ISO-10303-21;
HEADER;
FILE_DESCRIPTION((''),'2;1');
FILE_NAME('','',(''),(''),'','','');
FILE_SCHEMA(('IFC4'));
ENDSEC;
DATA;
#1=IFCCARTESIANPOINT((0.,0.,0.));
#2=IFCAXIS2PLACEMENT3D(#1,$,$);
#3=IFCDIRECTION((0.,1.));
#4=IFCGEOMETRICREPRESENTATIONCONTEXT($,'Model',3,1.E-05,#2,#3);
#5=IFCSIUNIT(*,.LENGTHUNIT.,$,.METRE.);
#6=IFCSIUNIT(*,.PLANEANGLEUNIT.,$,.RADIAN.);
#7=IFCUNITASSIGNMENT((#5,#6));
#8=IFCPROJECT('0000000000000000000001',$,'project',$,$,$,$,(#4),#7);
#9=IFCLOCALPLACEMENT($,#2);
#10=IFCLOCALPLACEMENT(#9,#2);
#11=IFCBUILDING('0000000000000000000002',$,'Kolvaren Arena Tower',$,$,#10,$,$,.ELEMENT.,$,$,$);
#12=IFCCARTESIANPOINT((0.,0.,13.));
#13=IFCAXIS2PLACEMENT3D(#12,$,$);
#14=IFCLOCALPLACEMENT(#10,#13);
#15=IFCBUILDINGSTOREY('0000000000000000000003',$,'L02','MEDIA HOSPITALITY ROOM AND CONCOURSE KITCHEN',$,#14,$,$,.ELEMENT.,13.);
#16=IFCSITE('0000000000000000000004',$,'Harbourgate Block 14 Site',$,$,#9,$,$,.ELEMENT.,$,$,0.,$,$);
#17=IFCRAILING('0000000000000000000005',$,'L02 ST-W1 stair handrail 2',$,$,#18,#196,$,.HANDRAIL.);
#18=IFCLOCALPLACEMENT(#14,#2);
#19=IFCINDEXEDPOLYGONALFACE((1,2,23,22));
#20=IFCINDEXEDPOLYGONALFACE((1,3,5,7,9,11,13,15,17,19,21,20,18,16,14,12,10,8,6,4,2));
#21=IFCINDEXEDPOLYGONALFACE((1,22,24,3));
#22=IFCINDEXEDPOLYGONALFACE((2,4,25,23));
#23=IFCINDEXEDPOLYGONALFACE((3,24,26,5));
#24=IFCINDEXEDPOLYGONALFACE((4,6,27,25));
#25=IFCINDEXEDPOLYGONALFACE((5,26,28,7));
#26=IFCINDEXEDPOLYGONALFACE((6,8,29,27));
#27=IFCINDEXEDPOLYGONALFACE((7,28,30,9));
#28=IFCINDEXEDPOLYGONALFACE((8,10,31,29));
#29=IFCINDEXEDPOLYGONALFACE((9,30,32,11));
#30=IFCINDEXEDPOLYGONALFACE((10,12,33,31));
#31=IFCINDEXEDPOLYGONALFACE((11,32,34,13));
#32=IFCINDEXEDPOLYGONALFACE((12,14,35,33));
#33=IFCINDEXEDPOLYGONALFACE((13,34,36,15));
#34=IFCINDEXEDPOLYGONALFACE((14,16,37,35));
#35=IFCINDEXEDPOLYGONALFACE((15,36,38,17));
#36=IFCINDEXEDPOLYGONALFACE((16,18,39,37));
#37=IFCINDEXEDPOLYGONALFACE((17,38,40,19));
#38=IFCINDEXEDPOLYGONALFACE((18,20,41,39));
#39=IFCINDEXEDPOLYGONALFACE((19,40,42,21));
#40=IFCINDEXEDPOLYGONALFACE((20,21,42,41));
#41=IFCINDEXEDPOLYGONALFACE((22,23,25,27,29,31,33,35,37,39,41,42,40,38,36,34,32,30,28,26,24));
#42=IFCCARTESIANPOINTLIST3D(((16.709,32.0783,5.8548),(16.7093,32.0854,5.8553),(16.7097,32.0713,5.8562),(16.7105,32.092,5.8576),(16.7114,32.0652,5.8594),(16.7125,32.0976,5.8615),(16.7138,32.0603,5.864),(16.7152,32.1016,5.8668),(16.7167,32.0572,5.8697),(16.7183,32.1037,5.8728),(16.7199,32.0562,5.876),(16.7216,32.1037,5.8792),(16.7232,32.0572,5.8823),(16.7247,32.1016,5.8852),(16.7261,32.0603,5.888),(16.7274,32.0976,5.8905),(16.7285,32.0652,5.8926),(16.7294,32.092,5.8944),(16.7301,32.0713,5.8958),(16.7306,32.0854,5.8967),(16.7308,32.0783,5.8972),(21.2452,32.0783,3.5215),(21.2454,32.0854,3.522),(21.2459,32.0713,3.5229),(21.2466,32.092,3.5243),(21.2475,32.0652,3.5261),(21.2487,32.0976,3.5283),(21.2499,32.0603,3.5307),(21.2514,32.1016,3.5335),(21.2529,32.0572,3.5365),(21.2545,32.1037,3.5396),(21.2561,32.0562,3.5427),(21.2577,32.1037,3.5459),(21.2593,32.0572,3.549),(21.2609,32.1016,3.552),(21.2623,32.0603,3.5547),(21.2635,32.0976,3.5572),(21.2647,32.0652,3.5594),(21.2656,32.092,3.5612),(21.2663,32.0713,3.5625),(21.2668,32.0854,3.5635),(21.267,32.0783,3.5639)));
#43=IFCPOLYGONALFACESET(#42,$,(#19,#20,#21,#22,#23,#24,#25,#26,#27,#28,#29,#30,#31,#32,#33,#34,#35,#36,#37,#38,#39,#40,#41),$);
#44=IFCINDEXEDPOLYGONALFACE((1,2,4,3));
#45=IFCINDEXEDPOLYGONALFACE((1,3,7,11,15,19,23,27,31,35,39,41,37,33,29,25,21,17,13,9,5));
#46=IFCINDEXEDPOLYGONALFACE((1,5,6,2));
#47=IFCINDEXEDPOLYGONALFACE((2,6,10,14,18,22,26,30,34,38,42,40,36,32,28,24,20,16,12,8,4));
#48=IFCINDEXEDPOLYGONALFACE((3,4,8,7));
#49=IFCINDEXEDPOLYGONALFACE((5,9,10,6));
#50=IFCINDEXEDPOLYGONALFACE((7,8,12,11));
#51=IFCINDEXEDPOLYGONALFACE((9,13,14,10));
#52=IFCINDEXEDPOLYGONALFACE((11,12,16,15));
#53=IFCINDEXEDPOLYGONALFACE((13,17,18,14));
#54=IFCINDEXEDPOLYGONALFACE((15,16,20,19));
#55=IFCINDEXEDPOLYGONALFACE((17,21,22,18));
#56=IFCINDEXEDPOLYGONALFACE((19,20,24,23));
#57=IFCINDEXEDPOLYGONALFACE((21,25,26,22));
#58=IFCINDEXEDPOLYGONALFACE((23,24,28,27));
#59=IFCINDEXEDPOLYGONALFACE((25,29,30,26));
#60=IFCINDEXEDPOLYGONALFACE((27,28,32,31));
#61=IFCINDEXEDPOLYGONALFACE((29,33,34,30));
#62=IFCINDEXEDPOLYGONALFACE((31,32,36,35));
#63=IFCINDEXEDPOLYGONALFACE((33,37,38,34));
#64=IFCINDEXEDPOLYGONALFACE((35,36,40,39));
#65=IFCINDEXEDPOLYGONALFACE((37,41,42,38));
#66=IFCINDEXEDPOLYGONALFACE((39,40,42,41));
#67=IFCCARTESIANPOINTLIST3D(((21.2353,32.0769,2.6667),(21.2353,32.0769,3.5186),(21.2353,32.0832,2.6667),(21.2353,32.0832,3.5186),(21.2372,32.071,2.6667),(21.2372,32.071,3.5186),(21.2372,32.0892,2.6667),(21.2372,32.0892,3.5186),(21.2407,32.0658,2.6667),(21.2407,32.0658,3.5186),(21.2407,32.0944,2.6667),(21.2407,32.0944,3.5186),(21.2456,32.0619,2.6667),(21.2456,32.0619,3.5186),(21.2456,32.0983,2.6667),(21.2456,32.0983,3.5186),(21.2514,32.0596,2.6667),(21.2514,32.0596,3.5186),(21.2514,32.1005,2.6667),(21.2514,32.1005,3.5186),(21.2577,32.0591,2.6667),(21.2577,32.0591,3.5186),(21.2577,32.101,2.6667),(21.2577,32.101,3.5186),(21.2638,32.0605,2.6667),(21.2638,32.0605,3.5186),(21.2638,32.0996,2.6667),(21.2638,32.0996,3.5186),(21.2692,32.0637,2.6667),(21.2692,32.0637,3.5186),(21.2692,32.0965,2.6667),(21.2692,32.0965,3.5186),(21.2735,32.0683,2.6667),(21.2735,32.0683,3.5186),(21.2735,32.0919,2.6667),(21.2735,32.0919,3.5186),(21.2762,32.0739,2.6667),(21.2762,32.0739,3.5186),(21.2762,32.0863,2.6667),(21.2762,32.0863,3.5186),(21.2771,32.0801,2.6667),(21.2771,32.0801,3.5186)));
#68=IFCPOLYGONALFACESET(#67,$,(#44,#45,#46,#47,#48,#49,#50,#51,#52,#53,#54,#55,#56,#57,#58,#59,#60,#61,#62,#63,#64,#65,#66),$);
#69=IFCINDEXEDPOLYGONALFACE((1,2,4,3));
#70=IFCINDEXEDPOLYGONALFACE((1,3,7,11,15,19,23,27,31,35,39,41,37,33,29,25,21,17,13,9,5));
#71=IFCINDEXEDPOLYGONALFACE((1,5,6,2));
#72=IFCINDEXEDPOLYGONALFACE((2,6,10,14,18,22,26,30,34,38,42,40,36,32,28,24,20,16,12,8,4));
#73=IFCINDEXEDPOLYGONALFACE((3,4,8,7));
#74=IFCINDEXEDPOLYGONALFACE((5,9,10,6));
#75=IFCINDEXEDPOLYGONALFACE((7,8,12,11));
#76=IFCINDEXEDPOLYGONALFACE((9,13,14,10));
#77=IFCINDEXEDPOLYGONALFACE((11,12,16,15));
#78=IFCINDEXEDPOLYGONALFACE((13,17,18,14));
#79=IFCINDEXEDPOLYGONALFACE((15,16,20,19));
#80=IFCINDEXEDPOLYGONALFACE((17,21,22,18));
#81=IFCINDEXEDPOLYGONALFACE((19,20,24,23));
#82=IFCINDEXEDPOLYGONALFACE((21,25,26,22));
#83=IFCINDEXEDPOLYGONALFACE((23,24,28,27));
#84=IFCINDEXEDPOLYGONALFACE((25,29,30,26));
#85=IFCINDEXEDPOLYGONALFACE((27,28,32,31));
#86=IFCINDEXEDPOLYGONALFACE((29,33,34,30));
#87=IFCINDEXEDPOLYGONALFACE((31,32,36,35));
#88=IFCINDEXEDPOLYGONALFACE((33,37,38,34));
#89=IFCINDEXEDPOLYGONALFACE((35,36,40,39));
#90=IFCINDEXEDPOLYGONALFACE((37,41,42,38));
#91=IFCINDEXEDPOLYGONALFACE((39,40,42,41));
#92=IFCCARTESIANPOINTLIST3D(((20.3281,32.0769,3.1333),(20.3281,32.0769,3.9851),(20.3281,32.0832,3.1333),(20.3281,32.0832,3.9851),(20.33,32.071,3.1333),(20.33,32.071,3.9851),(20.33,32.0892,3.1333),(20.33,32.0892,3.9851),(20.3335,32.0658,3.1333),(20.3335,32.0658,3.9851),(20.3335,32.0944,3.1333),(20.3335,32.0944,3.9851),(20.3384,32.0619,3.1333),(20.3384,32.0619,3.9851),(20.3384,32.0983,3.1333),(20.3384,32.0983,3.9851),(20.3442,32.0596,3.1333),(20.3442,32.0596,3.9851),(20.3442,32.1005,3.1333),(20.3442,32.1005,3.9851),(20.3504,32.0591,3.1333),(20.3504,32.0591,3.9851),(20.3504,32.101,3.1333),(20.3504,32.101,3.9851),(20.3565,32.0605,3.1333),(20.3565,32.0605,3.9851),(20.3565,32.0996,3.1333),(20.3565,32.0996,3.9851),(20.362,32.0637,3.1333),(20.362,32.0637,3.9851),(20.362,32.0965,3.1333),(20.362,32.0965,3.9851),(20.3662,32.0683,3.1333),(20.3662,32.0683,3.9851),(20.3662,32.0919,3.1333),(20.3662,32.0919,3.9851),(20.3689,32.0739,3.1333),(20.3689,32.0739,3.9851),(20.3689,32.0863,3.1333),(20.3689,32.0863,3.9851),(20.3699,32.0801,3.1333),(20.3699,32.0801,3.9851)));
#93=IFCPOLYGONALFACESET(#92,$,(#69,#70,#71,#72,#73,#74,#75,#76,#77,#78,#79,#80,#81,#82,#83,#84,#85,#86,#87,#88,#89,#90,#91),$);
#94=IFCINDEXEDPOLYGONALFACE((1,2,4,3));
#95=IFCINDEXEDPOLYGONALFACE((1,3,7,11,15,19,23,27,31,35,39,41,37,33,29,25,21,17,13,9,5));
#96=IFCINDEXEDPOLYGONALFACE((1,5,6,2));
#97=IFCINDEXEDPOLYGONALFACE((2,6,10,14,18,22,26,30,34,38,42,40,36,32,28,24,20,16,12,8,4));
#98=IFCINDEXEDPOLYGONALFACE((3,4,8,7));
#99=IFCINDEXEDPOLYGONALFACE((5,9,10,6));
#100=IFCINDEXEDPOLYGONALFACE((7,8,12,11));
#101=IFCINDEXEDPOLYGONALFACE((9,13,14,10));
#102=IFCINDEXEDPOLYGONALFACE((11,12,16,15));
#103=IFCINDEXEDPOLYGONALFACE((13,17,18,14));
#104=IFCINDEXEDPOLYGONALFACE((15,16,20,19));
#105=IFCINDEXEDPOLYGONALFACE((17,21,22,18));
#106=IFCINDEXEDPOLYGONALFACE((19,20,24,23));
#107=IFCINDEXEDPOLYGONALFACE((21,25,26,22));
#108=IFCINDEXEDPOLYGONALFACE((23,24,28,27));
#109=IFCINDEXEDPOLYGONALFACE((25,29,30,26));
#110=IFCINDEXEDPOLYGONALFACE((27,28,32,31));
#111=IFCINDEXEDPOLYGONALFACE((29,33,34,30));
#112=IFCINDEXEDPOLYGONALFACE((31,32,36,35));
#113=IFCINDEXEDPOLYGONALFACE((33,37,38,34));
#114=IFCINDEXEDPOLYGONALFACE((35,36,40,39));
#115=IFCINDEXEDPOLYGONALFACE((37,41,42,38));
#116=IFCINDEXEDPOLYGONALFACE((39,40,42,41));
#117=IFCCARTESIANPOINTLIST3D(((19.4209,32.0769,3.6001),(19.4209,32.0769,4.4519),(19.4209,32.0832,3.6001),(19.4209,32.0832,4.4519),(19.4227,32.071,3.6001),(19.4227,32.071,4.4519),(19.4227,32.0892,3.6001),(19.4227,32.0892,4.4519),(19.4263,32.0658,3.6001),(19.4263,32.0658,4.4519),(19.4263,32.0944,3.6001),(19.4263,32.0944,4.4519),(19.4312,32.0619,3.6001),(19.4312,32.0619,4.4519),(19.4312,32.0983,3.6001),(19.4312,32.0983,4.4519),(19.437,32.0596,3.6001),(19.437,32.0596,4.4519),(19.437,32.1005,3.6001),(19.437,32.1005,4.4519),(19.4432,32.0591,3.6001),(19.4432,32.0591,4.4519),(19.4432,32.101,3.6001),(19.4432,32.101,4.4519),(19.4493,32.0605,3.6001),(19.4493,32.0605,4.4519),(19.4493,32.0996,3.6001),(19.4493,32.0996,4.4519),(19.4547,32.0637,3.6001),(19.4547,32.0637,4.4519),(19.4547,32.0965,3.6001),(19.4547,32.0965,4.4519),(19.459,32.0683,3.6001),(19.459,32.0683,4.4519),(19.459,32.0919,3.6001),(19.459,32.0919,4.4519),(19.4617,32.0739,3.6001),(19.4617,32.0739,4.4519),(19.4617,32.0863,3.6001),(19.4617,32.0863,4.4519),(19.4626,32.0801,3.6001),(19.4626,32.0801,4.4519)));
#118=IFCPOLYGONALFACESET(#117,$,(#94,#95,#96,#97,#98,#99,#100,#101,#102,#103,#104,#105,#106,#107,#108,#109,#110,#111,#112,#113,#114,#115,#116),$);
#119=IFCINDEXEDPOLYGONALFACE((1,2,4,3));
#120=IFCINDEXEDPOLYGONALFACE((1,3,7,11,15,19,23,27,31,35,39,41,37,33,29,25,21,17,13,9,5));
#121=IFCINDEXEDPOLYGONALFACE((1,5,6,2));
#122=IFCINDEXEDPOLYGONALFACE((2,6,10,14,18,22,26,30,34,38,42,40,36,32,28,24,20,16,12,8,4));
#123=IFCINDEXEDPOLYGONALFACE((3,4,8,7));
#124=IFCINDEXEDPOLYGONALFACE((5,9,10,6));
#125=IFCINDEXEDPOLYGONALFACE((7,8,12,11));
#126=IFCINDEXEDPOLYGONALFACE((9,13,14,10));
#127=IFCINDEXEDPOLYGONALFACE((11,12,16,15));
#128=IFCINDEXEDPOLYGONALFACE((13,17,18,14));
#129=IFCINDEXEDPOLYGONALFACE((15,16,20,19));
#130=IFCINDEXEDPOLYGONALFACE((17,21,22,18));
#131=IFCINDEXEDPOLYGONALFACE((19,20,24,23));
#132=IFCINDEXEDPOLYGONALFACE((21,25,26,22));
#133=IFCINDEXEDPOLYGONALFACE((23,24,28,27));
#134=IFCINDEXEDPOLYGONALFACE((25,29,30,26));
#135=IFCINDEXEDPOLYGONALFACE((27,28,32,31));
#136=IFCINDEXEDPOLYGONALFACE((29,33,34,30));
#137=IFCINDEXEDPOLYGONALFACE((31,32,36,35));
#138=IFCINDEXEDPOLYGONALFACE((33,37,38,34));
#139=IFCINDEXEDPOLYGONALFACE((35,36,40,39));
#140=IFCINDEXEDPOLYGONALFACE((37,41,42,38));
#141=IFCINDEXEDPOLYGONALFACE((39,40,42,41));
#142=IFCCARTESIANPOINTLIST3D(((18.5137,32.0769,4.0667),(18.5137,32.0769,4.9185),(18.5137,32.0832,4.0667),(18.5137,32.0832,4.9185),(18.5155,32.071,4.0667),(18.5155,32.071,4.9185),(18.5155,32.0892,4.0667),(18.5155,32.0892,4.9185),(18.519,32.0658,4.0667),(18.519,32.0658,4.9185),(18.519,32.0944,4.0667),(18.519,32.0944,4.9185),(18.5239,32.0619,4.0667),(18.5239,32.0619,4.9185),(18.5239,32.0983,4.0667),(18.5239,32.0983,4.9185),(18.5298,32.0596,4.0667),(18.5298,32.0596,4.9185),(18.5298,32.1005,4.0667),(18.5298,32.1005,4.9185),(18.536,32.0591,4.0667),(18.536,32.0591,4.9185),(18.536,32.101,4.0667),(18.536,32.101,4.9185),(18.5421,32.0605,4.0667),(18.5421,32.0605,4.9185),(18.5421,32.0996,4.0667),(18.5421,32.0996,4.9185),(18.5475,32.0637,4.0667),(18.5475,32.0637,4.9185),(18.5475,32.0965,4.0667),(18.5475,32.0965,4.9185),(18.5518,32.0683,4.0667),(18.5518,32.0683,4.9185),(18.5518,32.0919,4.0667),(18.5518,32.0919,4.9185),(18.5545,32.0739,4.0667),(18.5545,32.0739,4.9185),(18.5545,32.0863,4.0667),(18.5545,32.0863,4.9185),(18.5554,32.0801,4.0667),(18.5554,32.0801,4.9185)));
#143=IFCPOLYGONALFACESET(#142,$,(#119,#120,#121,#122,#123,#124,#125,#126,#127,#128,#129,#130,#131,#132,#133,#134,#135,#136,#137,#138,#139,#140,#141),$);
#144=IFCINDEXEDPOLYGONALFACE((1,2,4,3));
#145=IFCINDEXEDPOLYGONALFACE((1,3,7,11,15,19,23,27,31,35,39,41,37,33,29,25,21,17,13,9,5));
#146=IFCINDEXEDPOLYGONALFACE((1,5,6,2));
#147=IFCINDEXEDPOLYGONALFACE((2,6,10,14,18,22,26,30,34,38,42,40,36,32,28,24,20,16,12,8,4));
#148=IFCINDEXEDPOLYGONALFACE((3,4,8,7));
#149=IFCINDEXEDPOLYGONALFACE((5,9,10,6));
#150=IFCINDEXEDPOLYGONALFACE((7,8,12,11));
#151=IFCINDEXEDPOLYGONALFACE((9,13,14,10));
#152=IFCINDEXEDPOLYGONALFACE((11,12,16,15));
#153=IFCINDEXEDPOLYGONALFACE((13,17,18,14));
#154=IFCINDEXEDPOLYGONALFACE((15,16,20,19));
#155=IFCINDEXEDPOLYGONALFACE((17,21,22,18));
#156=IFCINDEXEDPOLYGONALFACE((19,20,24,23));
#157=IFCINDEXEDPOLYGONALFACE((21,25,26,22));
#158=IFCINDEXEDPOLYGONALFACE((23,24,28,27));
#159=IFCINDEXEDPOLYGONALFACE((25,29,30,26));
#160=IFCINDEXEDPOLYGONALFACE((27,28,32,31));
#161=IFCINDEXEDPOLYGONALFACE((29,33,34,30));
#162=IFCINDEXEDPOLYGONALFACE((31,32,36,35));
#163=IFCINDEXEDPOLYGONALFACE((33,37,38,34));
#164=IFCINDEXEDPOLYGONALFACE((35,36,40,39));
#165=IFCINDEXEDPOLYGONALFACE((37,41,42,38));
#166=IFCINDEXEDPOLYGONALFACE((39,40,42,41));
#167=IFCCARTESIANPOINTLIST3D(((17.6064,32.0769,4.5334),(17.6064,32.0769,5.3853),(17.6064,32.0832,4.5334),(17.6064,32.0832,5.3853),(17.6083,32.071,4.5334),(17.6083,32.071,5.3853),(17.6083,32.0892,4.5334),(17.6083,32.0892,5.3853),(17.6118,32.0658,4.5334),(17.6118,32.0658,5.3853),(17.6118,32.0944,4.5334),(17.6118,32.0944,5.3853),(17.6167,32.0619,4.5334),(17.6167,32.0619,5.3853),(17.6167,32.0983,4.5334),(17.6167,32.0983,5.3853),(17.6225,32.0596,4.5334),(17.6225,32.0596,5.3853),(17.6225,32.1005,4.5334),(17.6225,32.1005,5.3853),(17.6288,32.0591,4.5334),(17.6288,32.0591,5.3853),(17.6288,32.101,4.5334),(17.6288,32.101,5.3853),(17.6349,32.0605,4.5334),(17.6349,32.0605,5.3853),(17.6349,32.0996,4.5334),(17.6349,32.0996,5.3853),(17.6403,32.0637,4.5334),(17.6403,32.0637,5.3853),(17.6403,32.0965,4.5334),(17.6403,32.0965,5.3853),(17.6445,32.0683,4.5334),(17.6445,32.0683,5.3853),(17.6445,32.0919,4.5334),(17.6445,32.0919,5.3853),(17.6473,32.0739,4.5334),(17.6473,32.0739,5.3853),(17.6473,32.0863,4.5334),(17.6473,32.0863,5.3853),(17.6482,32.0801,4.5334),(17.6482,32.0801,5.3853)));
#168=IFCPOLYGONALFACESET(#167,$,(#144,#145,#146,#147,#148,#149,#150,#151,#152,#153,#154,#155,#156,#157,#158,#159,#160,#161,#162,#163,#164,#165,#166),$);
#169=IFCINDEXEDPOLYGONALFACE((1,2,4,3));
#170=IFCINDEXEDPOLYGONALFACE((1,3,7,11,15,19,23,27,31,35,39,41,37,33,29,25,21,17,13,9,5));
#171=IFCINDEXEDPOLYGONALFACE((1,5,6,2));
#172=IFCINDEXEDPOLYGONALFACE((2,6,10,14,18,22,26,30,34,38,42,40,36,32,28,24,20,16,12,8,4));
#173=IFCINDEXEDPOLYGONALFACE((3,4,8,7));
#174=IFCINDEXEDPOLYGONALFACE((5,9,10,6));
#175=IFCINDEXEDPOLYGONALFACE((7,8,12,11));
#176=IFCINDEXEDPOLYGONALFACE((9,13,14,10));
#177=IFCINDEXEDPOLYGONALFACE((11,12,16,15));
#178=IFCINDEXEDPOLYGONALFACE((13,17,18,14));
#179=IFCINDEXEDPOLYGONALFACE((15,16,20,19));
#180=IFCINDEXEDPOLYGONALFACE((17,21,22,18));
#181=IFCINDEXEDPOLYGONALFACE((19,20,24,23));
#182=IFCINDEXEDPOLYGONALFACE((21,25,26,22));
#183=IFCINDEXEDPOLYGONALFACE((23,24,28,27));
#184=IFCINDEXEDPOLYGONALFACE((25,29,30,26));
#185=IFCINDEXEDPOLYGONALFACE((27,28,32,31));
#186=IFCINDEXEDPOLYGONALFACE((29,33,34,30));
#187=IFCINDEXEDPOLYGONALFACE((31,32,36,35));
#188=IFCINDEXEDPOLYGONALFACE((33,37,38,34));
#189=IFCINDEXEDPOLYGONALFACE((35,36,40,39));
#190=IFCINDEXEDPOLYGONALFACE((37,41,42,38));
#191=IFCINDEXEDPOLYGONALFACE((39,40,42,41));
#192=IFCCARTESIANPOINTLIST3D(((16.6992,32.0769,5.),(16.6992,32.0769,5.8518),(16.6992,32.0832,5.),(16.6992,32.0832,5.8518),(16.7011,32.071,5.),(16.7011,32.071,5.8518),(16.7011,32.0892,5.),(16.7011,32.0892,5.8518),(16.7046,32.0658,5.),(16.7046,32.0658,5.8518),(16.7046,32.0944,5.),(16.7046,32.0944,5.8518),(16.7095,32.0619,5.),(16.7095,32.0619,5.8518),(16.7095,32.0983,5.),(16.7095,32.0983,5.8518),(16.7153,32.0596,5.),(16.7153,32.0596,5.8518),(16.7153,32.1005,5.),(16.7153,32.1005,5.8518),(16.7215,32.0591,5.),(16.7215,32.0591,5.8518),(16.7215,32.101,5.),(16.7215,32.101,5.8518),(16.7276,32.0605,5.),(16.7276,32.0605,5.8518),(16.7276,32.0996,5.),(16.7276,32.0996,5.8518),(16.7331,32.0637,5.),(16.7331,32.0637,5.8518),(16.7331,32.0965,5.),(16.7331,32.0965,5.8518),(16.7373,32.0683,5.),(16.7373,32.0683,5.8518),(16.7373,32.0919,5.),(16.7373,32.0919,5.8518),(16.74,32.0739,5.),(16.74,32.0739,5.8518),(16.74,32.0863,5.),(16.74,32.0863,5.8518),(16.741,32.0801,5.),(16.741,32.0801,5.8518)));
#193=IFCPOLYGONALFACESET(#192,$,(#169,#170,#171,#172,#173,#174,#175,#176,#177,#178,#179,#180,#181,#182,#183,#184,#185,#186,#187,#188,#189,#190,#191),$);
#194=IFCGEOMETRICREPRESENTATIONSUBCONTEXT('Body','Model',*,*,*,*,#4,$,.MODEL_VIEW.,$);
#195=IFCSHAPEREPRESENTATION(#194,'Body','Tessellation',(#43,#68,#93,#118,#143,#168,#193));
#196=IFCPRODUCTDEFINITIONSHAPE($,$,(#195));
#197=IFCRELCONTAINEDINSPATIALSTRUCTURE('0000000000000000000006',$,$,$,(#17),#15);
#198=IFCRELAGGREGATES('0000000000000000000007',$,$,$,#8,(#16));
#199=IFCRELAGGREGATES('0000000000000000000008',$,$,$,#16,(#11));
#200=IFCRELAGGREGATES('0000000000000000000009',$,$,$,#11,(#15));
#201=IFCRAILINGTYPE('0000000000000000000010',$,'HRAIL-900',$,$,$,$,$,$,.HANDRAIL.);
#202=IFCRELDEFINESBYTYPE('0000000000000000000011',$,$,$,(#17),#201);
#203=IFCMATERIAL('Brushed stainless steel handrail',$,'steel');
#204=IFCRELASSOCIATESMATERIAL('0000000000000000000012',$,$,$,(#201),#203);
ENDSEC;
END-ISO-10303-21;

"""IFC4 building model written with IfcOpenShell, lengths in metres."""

from ifc_helpers import new_model, si_unit, direction, frame, origin, origin_2d, place, context, subcontext, project, spatial, circle, extrude, material, type_object, element, save


model = new_model("IFC4")

# Units and contexts
model_context = context("Model", 3, precision=1e-05, world=origin(), true_north=direction((0.0, 1.0)))
body_context = subcontext(model_context, "Body", "Model", "MODEL_VIEW")
ifc_project = project(units=[si_unit("LENGTHUNIT", "METRE"), si_unit("PLANEANGLEUNIT", "RADIAN")], contexts=[model_context])

# Site, building, storey
site_placement = place(None, origin())
site = spatial("IfcSite", under=ifc_project, at=site_placement, Name="Harbourgate Block 14 Site", CompositionType="ELEMENT", RefElevation=0.0)
building_placement = place(site_placement, origin())
building = spatial("IfcBuilding", under=site, at=building_placement, Name="Kolvaren Arena Tower", CompositionType="ELEMENT")
storey_placement = place(building_placement, frame((0.0, 0.0, 13.0)))
storey = spatial("IfcBuildingStorey", under=building, at=storey_placement, Name="L02", Description="MEDIA HOSPITALITY ROOM AND CONCOURSE KITCHEN", CompositionType="ELEMENT", Elevation=13.0)

# Railing
ifc_material_1 = material(Name="Brushed stainless steel handrail", Category="steel")
railing_type_1 = type_object("IfcRailingType", Name="HRAIL-900", PredefinedType="HANDRAIL", material=ifc_material_1)
railing_1_placement = place(storey_placement, frame((21.2561, 32.0801, 2.6667)))
element("IfcRailing", 1, at=railing_1_placement, inside=storey, type_object=railing_type_1, Name="L02 ST-W1 stair handrail 2", PredefinedType="HANDRAIL", context=body_context, shape_type="SweptSolid", body=[
    extrude(circle(Radius=0.0239, at=origin_2d()), frame((0.0, 0.0, 0.876), z_axis=(-0.889257, 0.0, 0.457407), x_axis=(0.0, -1.0, 0.0)), (0.0, 0.0, 1.0), 5.1011),
    extrude(circle(Radius=0.021, at=origin_2d()), origin(), (0.0, 0.0, 1.0), 0.8518),
    extrude(circle(Radius=0.021, at=origin_2d()), frame((-0.9072, 0.0, 0.4666)), (0.0, 0.0, 1.0), 0.8518),
    extrude(circle(Radius=0.021, at=origin_2d()), frame((-1.8145, 0.0, 0.9333)), (0.0, 0.0, 1.0), 0.8518),
    extrude(circle(Radius=0.021, at=origin_2d()), frame((-2.7217, 0.0, 1.3999)), (0.0, 0.0, 1.0), 0.8518),
    extrude(circle(Radius=0.021, at=origin_2d()), frame((-3.6289, 0.0, 1.8667)), (0.0, 0.0, 1.0), 0.8518),
    extrude(circle(Radius=0.021, at=origin_2d()), frame((-4.5361, 0.0, 2.3333)), (0.0, 0.0, 1.0), 0.8518),
])

save(model, "model.ifc")
